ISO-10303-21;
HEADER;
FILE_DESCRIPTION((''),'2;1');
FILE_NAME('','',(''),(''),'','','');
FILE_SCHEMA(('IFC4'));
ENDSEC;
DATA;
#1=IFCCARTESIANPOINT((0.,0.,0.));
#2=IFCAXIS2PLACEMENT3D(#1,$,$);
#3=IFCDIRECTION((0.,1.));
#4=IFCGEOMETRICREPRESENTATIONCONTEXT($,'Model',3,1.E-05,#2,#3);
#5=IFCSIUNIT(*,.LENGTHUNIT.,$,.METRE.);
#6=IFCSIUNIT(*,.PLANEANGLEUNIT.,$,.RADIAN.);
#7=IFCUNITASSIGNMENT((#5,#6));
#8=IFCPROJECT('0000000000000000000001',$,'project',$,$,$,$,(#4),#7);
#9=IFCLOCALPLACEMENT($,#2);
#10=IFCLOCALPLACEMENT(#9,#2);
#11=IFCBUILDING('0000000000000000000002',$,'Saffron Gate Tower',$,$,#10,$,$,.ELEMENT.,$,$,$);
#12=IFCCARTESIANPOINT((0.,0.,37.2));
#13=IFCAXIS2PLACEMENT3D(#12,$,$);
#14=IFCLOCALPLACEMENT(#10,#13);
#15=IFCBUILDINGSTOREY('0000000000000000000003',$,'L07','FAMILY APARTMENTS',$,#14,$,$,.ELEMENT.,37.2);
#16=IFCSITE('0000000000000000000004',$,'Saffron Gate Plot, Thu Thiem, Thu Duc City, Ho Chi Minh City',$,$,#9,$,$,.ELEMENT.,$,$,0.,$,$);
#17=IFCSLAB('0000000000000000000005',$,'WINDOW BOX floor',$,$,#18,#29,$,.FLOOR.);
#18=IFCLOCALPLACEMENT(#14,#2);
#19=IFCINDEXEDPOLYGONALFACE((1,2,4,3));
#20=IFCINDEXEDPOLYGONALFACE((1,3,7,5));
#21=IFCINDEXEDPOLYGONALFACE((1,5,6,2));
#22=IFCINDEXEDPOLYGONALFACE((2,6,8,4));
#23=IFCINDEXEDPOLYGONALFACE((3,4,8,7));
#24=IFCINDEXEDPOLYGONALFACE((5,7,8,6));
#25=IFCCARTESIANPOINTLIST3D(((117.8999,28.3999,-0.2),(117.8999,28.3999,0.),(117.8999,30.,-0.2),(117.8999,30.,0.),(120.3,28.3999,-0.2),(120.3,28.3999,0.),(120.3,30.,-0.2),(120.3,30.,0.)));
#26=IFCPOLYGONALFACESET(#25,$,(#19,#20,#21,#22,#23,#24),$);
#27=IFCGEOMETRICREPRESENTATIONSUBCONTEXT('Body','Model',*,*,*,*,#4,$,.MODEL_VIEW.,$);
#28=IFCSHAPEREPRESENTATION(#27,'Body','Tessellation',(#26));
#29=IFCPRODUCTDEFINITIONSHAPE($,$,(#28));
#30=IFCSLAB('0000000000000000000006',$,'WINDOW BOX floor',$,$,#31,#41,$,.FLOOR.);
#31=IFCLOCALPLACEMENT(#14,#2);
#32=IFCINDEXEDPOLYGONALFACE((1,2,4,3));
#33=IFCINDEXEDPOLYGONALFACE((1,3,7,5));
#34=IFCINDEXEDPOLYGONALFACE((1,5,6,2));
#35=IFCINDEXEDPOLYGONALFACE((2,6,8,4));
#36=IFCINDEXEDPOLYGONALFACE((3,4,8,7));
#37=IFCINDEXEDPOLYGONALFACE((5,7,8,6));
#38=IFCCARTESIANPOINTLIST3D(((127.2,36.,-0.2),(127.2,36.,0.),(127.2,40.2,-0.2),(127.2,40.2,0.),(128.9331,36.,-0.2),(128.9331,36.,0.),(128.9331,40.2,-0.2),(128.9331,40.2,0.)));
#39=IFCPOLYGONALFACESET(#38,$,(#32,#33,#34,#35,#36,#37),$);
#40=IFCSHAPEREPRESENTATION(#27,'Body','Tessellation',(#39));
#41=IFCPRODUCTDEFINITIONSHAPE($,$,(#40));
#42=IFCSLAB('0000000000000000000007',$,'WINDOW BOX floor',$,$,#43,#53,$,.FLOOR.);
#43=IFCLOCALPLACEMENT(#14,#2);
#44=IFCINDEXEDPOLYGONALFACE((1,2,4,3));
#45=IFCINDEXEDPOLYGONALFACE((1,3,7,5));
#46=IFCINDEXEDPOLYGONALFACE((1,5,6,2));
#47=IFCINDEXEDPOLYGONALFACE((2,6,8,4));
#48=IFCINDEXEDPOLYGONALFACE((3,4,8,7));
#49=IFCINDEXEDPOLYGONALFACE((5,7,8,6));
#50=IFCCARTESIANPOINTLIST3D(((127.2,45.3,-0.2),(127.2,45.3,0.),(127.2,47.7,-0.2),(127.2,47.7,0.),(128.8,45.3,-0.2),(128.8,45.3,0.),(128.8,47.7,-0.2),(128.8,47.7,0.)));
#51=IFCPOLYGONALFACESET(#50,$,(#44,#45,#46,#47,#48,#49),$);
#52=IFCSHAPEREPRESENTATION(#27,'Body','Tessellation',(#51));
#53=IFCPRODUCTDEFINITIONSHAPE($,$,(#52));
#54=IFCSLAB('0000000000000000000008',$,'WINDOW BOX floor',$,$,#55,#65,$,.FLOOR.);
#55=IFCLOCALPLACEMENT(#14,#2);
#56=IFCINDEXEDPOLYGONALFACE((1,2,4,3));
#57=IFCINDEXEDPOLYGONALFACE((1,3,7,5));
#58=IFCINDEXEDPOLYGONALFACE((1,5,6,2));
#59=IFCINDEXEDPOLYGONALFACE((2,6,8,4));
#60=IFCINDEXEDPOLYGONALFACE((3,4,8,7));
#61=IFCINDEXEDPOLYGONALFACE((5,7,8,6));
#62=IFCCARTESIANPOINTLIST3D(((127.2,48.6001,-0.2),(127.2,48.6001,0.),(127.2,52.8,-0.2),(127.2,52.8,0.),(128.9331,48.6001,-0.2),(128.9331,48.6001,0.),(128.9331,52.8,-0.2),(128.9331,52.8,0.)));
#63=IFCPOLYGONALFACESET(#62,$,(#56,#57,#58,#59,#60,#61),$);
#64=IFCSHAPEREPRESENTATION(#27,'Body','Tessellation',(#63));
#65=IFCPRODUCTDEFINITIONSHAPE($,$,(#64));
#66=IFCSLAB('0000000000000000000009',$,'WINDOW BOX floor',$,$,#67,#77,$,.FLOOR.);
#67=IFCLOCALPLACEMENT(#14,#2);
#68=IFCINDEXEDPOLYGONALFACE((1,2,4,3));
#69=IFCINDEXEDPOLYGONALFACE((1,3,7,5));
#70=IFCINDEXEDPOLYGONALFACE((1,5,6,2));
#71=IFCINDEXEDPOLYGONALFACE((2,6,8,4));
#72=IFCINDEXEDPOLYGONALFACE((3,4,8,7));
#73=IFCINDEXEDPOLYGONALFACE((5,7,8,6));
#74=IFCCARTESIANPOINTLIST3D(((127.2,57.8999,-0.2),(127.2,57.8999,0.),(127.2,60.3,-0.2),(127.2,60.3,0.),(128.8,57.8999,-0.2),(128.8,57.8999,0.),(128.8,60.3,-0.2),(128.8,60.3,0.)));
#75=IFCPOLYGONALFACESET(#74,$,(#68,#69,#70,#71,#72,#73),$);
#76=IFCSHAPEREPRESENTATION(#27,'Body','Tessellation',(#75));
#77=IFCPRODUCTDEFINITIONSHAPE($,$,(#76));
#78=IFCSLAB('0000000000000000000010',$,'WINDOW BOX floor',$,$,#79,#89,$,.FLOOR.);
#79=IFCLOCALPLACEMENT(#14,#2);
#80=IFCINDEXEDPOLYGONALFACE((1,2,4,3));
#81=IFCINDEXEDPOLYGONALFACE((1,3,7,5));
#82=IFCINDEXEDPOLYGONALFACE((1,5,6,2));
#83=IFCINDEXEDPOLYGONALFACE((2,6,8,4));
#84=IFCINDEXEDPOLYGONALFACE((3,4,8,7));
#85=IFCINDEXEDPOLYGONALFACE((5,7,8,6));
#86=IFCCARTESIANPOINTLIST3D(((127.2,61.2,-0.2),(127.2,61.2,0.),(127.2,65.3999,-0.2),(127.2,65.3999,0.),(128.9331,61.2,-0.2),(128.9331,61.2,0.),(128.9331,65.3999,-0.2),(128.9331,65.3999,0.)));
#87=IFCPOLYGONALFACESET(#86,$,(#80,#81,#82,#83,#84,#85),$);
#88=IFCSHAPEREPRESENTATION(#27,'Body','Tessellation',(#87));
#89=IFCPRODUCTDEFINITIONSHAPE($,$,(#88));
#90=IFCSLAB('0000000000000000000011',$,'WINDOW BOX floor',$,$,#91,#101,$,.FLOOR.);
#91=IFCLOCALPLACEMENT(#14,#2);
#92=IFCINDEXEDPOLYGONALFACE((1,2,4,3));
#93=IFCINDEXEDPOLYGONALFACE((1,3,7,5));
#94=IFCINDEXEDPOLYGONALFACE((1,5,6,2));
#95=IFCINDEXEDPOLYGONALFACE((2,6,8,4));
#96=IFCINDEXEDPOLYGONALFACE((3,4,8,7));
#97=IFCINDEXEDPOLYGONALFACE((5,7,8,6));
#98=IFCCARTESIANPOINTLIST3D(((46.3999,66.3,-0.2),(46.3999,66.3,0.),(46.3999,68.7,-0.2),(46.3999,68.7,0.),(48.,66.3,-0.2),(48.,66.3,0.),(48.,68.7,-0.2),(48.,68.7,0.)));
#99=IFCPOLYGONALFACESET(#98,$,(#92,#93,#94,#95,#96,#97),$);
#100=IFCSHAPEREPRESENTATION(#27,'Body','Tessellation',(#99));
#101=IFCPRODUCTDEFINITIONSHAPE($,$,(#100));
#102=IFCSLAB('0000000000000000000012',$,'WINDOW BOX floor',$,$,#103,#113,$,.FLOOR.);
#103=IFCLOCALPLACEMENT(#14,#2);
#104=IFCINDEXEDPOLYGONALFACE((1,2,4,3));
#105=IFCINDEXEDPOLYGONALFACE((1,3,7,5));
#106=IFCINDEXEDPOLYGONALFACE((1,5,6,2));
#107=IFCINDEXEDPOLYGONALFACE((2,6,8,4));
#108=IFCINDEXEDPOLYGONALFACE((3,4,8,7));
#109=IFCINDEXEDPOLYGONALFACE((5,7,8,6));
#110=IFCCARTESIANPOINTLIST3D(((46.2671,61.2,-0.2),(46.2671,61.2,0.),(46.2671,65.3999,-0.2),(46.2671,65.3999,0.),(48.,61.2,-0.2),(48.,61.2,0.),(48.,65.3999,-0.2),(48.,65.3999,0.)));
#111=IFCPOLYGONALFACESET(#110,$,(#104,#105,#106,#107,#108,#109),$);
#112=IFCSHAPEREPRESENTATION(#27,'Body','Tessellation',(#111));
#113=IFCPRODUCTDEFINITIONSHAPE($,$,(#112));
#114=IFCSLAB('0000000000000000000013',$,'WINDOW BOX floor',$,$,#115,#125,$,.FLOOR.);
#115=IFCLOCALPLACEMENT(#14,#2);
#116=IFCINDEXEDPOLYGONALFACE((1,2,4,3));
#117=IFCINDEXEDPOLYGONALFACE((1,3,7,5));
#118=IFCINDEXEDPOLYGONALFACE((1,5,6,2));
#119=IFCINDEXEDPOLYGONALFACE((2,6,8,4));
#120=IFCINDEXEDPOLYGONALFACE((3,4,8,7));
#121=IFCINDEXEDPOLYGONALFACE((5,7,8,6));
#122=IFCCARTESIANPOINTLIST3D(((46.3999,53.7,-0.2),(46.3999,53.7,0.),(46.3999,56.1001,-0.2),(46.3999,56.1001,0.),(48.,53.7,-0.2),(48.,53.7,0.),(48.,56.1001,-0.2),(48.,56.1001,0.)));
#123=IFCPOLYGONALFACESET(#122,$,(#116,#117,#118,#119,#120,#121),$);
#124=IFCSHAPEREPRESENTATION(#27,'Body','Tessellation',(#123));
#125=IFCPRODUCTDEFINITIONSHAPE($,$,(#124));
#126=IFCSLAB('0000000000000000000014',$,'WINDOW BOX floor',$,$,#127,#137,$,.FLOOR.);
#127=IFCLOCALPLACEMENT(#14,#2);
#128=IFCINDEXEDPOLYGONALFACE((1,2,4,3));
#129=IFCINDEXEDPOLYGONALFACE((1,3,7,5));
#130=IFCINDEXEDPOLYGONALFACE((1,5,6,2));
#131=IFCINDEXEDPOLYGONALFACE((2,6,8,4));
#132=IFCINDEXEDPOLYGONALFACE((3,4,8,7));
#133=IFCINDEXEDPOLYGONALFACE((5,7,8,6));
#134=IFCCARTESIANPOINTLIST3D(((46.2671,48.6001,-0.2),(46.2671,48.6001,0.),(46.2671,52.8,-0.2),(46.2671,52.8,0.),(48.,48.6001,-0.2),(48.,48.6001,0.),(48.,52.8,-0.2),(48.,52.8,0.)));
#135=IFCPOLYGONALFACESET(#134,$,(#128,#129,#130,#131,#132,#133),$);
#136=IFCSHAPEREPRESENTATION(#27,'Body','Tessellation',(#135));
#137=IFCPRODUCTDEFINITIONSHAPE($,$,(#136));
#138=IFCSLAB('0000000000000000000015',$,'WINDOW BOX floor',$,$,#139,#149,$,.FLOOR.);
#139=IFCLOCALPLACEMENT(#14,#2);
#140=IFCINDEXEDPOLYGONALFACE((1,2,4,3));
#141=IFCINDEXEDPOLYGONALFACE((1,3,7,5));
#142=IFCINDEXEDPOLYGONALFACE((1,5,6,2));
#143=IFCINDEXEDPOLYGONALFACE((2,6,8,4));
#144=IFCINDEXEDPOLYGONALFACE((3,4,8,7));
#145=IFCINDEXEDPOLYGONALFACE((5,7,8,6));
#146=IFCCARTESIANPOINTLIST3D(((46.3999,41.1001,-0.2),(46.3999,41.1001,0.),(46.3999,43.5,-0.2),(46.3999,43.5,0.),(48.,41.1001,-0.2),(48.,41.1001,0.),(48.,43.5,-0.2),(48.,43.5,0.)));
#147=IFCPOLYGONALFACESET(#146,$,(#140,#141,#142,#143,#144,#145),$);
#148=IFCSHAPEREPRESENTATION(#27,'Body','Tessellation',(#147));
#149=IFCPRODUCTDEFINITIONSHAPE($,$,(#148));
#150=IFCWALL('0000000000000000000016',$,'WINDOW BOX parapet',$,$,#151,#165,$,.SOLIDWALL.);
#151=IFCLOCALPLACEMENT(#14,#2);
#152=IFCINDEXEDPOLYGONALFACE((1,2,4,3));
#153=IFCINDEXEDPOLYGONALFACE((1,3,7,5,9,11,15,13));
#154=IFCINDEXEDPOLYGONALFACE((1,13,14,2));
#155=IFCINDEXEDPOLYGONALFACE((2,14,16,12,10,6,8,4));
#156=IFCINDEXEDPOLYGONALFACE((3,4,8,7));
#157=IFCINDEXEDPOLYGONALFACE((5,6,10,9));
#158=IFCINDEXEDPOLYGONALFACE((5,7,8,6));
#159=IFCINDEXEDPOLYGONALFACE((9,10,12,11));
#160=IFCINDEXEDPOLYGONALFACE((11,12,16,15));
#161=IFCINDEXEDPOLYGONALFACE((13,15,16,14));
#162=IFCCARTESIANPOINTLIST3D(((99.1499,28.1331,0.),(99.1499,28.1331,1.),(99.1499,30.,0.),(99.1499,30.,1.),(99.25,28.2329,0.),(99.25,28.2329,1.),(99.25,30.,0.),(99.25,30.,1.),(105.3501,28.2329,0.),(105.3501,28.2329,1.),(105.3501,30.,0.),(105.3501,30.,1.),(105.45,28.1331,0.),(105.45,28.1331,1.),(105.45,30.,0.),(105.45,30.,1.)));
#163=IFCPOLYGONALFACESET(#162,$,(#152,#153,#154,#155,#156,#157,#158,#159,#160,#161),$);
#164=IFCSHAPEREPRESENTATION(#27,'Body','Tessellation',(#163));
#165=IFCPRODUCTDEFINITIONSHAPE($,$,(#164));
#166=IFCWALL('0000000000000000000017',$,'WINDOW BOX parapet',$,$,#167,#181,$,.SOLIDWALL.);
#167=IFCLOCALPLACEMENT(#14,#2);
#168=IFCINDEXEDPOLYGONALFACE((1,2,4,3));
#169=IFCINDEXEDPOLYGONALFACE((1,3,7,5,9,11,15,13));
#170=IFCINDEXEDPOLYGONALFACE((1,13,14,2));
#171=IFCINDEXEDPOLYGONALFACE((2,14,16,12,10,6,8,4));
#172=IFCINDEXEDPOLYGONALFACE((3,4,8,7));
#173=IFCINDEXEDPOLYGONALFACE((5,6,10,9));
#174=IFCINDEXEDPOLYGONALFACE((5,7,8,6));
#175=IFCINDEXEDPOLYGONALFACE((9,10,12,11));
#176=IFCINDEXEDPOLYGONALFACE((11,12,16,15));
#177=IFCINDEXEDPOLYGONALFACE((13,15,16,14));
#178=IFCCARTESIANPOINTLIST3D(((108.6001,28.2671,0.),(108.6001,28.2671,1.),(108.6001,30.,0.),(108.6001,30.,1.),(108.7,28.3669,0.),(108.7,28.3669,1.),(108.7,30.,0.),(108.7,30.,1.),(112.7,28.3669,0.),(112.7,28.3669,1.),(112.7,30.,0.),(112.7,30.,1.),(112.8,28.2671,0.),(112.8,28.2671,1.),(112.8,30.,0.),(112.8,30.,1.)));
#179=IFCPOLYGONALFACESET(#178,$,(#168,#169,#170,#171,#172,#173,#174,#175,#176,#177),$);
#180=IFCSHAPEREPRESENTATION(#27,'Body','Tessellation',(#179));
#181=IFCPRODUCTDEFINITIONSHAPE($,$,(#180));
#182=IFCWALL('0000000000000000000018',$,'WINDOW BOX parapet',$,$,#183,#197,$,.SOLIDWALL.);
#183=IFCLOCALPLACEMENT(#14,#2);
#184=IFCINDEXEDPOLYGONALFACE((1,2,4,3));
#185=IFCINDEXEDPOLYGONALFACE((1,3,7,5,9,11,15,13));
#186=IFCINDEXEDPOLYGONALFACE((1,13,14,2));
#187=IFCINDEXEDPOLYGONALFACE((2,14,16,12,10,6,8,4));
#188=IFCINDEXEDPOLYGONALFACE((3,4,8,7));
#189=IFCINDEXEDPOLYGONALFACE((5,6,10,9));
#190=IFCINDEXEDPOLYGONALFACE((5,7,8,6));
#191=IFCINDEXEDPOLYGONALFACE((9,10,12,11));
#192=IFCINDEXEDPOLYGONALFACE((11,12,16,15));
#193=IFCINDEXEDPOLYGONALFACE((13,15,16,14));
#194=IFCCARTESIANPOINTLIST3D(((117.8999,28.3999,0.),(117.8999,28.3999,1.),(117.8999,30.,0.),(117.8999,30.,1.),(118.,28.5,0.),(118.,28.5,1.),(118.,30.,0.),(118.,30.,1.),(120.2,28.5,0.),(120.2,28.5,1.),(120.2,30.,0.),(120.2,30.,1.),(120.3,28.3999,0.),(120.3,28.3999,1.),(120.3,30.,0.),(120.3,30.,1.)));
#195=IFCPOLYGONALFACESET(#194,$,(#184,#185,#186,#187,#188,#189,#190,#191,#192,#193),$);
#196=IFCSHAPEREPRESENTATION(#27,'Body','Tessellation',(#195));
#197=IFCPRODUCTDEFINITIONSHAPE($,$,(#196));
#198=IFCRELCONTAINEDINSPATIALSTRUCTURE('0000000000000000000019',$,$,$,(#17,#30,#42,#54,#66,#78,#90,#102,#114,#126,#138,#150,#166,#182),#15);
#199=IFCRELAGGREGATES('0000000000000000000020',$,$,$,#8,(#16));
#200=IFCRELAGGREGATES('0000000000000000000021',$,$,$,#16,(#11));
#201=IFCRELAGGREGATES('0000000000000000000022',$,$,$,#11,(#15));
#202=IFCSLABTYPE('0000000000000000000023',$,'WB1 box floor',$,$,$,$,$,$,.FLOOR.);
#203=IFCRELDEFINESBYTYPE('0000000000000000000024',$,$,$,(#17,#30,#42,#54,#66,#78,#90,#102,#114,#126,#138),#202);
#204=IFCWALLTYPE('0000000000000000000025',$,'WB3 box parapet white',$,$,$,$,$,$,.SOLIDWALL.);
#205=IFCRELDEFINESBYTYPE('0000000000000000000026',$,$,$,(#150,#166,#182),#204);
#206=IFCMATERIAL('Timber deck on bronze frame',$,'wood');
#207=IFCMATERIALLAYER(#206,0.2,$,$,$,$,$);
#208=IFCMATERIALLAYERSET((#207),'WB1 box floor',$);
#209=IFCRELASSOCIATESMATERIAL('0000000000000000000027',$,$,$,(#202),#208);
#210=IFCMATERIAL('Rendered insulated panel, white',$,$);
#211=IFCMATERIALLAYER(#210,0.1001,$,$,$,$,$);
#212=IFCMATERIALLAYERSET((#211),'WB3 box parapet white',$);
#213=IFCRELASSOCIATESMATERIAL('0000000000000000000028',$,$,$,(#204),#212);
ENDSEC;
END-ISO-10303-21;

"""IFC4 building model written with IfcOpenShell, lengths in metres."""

from ifc_helpers import new_model, si_unit, direction, frame, origin, place, context, subcontext, project, spatial, polyline, outline, extrude, material, layer, layer_set, type_object, element, save


model = new_model("IFC4")

# Units and contexts
model_context = context("Model", 3, precision=1e-05, world=origin(), true_north=direction((0.0, 1.0)))
body_context = subcontext(model_context, "Body", "Model", "MODEL_VIEW")
ifc_project = project(units=[si_unit("LENGTHUNIT", "METRE"), si_unit("PLANEANGLEUNIT", "RADIAN")], contexts=[model_context])

# Site, building, storey
site_placement = place(None, origin())
site = spatial("IfcSite", under=ifc_project, at=site_placement, Name="Saffron Gate Plot, Thu Thiem, Thu Duc City, Ho Chi Minh City", CompositionType="ELEMENT", RefElevation=0.0)
building_placement = place(site_placement, origin())
building = spatial("IfcBuilding", under=site, at=building_placement, Name="Saffron Gate Tower", CompositionType="ELEMENT")
storey_placement = place(building_placement, frame((0.0, 0.0, 37.2)))
storey = spatial("IfcBuildingStorey", under=building, at=storey_placement, Name="L07", Description="FAMILY APARTMENTS", CompositionType="ELEMENT", Elevation=37.2)

# Slabs
ifc_material_1 = material(Name="Timber deck on bronze frame", Category="wood")
ifc_layer_1 = layer(ifc_material_1, 0.2)
ifc_layer_set_1 = layer_set([ifc_layer_1], Name="WB1 box floor")
slab_type_1 = type_object("IfcSlabType", Name="WB1 box floor", PredefinedType="FLOOR", material=ifc_layer_set_1)
slab_1_placement = place(storey_placement, frame((0.0, 0.0, -0.2)))
element("IfcSlab", 1, at=slab_1_placement, inside=storey, type_object=slab_type_1, Name="WINDOW BOX floor", PredefinedType="FLOOR", context=body_context, shape_type="SweptSolid", body=[
    extrude(outline(polyline([(117.8999, 30.0), (120.3, 30.0), (120.3, 28.3999), (117.8999, 28.3999), (117.8999, 30.0)])), origin(), (0.0, 0.0, 1.0), 0.2),
])
slab_2_placement = place(storey_placement, frame((0.0, 0.0, -0.2)))
element("IfcSlab", 2, at=slab_2_placement, inside=storey, type_object=slab_type_1, Name="WINDOW BOX floor", PredefinedType="FLOOR", context=body_context, shape_type="SweptSolid", body=[
    extrude(outline(polyline([(127.2, 36.0), (127.2, 40.2), (128.9331, 40.2), (128.9331, 36.0), (127.2, 36.0)])), origin(), (0.0, 0.0, 1.0), 0.2),
])
slab_3_placement = place(storey_placement, frame((0.0, 0.0, -0.2)))
element("IfcSlab", 3, at=slab_3_placement, inside=storey, type_object=slab_type_1, Name="WINDOW BOX floor", PredefinedType="FLOOR", context=body_context, shape_type="SweptSolid", body=[
    extrude(outline(polyline([(127.2, 45.3), (127.2, 47.7), (128.8, 47.7), (128.8, 45.3), (127.2, 45.3)])), origin(), (0.0, 0.0, 1.0), 0.2),
])
slab_4_placement = place(storey_placement, frame((0.0, 0.0, -0.2)))
element("IfcSlab", 4, at=slab_4_placement, inside=storey, type_object=slab_type_1, Name="WINDOW BOX floor", PredefinedType="FLOOR", context=body_context, shape_type="SweptSolid", body=[
    extrude(outline(polyline([(127.2, 48.6001), (127.2, 52.8), (128.9331, 52.8), (128.9331, 48.6001), (127.2, 48.6001)])), origin(), (0.0, 0.0, 1.0), 0.2),
])
slab_5_placement = place(storey_placement, frame((0.0, 0.0, -0.2)))
element("IfcSlab", 5, at=slab_5_placement, inside=storey, type_object=slab_type_1, Name="WINDOW BOX floor", PredefinedType="FLOOR", context=body_context, shape_type="SweptSolid", body=[
    extrude(outline(polyline([(127.2, 57.8999), (127.2, 60.3), (128.8, 60.3), (128.8, 57.8999), (127.2, 57.8999)])), origin(), (0.0, 0.0, 1.0), 0.2),
])
slab_6_placement = place(storey_placement, frame((0.0, 0.0, -0.2)))
element("IfcSlab", 6, at=slab_6_placement, inside=storey, type_object=slab_type_1, Name="WINDOW BOX floor", PredefinedType="FLOOR", context=body_context, shape_type="SweptSolid", body=[
    extrude(outline(polyline([(127.2, 61.2), (127.2, 65.3999), (128.9331, 65.3999), (128.9331, 61.2), (127.2, 61.2)])), origin(), (0.0, 0.0, 1.0), 0.2),
])
slab_7_placement = place(storey_placement, frame((0.0, 0.0, -0.2)))
element("IfcSlab", 7, at=slab_7_placement, inside=storey, type_object=slab_type_1, Name="WINDOW BOX floor", PredefinedType="FLOOR", context=body_context, shape_type="SweptSolid", body=[
    extrude(outline(polyline([(48.0, 68.7), (48.0, 66.3), (46.3999, 66.3), (46.3999, 68.7), (48.0, 68.7)])), origin(), (0.0, 0.0, 1.0), 0.2),
])
slab_8_placement = place(storey_placement, frame((0.0, 0.0, -0.2)))
element("IfcSlab", 8, at=slab_8_placement, inside=storey, type_object=slab_type_1, Name="WINDOW BOX floor", PredefinedType="FLOOR", context=body_context, shape_type="SweptSolid", body=[
    extrude(outline(polyline([(48.0, 65.3999), (48.0, 61.2), (46.2671, 61.2), (46.2671, 65.3999), (48.0, 65.3999)])), origin(), (0.0, 0.0, 1.0), 0.2),
])
slab_9_placement = place(storey_placement, frame((0.0, 0.0, -0.2)))
element("IfcSlab", 9, at=slab_9_placement, inside=storey, type_object=slab_type_1, Name="WINDOW BOX floor", PredefinedType="FLOOR", context=body_context, shape_type="SweptSolid", body=[
    extrude(outline(polyline([(48.0, 56.1001), (48.0, 53.7), (46.3999, 53.7), (46.3999, 56.1001), (48.0, 56.1001)])), origin(), (0.0, 0.0, 1.0), 0.2),
])
slab_10_placement = place(storey_placement, frame((0.0, 0.0, -0.2)))
element("IfcSlab", 10, at=slab_10_placement, inside=storey, type_object=slab_type_1, Name="WINDOW BOX floor", PredefinedType="FLOOR", context=body_context, shape_type="SweptSolid", body=[
    extrude(outline(polyline([(48.0, 52.8), (48.0, 48.6001), (46.2671, 48.6001), (46.2671, 52.8), (48.0, 52.8)])), origin(), (0.0, 0.0, 1.0), 0.2),
])
slab_11_placement = place(storey_placement, frame((0.0, 0.0, -0.2)))
element("IfcSlab", 11, at=slab_11_placement, inside=storey, type_object=slab_type_1, Name="WINDOW BOX floor", PredefinedType="FLOOR", context=body_context, shape_type="SweptSolid", body=[
    extrude(outline(polyline([(48.0, 43.5), (48.0, 41.1001), (46.3999, 41.1001), (46.3999, 43.5), (48.0, 43.5)])), origin(), (0.0, 0.0, 1.0), 0.2),
])

# Walls
ifc_material_2 = material(Name="Rendered insulated panel, white")
ifc_layer_2 = layer(ifc_material_2, 0.1001)
ifc_layer_set_2 = layer_set([ifc_layer_2], Name="WB3 box parapet white")
wall_type = type_object("IfcWallType", Name="WB3 box parapet white", PredefinedType="SOLIDWALL", material=ifc_layer_set_2)
wall_1_placement = place(storey_placement, origin())
element("IfcWall", 12, at=wall_1_placement, inside=storey, type_object=wall_type, Name="WINDOW BOX parapet", PredefinedType="SOLIDWALL", context=body_context, shape_type="SweptSolid", body=[
    extrude(outline(polyline([(99.1499, 30.0), (99.25, 30.0), (99.25, 28.2329), (105.3501, 28.2329), (105.3501, 30.0), (105.45, 30.0), (105.45, 28.1331), (99.1499, 28.1331), (99.1499, 30.0)])), origin(), (0.0, 0.0, 1.0), 1.0),
])
wall_2_placement = place(storey_placement, origin())
element("IfcWall", 13, at=wall_2_placement, inside=storey, type_object=wall_type, Name="WINDOW BOX parapet", PredefinedType="SOLIDWALL", context=body_context, shape_type="SweptSolid", body=[
    extrude(outline(polyline([(108.6001, 30.0), (108.7, 30.0), (108.7, 28.3669), (112.7, 28.3669), (112.7, 30.0), (112.8, 30.0), (112.8, 28.2671), (108.6001, 28.2671), (108.6001, 30.0)])), origin(), (0.0, 0.0, 1.0), 1.0),
])
wall_3_placement = place(storey_placement, origin())
element("IfcWall", 14, at=wall_3_placement, inside=storey, type_object=wall_type, Name="WINDOW BOX parapet", PredefinedType="SOLIDWALL", context=body_context, shape_type="SweptSolid", body=[
    extrude(outline(polyline([(117.8999, 30.0), (118.0, 30.0), (118.0, 28.5), (120.2, 28.5), (120.2, 30.0), (120.3, 30.0), (120.3, 28.3999), (117.8999, 28.3999), (117.8999, 30.0)])), origin(), (0.0, 0.0, 1.0), 1.0),
])

save(model, "model.ifc")
